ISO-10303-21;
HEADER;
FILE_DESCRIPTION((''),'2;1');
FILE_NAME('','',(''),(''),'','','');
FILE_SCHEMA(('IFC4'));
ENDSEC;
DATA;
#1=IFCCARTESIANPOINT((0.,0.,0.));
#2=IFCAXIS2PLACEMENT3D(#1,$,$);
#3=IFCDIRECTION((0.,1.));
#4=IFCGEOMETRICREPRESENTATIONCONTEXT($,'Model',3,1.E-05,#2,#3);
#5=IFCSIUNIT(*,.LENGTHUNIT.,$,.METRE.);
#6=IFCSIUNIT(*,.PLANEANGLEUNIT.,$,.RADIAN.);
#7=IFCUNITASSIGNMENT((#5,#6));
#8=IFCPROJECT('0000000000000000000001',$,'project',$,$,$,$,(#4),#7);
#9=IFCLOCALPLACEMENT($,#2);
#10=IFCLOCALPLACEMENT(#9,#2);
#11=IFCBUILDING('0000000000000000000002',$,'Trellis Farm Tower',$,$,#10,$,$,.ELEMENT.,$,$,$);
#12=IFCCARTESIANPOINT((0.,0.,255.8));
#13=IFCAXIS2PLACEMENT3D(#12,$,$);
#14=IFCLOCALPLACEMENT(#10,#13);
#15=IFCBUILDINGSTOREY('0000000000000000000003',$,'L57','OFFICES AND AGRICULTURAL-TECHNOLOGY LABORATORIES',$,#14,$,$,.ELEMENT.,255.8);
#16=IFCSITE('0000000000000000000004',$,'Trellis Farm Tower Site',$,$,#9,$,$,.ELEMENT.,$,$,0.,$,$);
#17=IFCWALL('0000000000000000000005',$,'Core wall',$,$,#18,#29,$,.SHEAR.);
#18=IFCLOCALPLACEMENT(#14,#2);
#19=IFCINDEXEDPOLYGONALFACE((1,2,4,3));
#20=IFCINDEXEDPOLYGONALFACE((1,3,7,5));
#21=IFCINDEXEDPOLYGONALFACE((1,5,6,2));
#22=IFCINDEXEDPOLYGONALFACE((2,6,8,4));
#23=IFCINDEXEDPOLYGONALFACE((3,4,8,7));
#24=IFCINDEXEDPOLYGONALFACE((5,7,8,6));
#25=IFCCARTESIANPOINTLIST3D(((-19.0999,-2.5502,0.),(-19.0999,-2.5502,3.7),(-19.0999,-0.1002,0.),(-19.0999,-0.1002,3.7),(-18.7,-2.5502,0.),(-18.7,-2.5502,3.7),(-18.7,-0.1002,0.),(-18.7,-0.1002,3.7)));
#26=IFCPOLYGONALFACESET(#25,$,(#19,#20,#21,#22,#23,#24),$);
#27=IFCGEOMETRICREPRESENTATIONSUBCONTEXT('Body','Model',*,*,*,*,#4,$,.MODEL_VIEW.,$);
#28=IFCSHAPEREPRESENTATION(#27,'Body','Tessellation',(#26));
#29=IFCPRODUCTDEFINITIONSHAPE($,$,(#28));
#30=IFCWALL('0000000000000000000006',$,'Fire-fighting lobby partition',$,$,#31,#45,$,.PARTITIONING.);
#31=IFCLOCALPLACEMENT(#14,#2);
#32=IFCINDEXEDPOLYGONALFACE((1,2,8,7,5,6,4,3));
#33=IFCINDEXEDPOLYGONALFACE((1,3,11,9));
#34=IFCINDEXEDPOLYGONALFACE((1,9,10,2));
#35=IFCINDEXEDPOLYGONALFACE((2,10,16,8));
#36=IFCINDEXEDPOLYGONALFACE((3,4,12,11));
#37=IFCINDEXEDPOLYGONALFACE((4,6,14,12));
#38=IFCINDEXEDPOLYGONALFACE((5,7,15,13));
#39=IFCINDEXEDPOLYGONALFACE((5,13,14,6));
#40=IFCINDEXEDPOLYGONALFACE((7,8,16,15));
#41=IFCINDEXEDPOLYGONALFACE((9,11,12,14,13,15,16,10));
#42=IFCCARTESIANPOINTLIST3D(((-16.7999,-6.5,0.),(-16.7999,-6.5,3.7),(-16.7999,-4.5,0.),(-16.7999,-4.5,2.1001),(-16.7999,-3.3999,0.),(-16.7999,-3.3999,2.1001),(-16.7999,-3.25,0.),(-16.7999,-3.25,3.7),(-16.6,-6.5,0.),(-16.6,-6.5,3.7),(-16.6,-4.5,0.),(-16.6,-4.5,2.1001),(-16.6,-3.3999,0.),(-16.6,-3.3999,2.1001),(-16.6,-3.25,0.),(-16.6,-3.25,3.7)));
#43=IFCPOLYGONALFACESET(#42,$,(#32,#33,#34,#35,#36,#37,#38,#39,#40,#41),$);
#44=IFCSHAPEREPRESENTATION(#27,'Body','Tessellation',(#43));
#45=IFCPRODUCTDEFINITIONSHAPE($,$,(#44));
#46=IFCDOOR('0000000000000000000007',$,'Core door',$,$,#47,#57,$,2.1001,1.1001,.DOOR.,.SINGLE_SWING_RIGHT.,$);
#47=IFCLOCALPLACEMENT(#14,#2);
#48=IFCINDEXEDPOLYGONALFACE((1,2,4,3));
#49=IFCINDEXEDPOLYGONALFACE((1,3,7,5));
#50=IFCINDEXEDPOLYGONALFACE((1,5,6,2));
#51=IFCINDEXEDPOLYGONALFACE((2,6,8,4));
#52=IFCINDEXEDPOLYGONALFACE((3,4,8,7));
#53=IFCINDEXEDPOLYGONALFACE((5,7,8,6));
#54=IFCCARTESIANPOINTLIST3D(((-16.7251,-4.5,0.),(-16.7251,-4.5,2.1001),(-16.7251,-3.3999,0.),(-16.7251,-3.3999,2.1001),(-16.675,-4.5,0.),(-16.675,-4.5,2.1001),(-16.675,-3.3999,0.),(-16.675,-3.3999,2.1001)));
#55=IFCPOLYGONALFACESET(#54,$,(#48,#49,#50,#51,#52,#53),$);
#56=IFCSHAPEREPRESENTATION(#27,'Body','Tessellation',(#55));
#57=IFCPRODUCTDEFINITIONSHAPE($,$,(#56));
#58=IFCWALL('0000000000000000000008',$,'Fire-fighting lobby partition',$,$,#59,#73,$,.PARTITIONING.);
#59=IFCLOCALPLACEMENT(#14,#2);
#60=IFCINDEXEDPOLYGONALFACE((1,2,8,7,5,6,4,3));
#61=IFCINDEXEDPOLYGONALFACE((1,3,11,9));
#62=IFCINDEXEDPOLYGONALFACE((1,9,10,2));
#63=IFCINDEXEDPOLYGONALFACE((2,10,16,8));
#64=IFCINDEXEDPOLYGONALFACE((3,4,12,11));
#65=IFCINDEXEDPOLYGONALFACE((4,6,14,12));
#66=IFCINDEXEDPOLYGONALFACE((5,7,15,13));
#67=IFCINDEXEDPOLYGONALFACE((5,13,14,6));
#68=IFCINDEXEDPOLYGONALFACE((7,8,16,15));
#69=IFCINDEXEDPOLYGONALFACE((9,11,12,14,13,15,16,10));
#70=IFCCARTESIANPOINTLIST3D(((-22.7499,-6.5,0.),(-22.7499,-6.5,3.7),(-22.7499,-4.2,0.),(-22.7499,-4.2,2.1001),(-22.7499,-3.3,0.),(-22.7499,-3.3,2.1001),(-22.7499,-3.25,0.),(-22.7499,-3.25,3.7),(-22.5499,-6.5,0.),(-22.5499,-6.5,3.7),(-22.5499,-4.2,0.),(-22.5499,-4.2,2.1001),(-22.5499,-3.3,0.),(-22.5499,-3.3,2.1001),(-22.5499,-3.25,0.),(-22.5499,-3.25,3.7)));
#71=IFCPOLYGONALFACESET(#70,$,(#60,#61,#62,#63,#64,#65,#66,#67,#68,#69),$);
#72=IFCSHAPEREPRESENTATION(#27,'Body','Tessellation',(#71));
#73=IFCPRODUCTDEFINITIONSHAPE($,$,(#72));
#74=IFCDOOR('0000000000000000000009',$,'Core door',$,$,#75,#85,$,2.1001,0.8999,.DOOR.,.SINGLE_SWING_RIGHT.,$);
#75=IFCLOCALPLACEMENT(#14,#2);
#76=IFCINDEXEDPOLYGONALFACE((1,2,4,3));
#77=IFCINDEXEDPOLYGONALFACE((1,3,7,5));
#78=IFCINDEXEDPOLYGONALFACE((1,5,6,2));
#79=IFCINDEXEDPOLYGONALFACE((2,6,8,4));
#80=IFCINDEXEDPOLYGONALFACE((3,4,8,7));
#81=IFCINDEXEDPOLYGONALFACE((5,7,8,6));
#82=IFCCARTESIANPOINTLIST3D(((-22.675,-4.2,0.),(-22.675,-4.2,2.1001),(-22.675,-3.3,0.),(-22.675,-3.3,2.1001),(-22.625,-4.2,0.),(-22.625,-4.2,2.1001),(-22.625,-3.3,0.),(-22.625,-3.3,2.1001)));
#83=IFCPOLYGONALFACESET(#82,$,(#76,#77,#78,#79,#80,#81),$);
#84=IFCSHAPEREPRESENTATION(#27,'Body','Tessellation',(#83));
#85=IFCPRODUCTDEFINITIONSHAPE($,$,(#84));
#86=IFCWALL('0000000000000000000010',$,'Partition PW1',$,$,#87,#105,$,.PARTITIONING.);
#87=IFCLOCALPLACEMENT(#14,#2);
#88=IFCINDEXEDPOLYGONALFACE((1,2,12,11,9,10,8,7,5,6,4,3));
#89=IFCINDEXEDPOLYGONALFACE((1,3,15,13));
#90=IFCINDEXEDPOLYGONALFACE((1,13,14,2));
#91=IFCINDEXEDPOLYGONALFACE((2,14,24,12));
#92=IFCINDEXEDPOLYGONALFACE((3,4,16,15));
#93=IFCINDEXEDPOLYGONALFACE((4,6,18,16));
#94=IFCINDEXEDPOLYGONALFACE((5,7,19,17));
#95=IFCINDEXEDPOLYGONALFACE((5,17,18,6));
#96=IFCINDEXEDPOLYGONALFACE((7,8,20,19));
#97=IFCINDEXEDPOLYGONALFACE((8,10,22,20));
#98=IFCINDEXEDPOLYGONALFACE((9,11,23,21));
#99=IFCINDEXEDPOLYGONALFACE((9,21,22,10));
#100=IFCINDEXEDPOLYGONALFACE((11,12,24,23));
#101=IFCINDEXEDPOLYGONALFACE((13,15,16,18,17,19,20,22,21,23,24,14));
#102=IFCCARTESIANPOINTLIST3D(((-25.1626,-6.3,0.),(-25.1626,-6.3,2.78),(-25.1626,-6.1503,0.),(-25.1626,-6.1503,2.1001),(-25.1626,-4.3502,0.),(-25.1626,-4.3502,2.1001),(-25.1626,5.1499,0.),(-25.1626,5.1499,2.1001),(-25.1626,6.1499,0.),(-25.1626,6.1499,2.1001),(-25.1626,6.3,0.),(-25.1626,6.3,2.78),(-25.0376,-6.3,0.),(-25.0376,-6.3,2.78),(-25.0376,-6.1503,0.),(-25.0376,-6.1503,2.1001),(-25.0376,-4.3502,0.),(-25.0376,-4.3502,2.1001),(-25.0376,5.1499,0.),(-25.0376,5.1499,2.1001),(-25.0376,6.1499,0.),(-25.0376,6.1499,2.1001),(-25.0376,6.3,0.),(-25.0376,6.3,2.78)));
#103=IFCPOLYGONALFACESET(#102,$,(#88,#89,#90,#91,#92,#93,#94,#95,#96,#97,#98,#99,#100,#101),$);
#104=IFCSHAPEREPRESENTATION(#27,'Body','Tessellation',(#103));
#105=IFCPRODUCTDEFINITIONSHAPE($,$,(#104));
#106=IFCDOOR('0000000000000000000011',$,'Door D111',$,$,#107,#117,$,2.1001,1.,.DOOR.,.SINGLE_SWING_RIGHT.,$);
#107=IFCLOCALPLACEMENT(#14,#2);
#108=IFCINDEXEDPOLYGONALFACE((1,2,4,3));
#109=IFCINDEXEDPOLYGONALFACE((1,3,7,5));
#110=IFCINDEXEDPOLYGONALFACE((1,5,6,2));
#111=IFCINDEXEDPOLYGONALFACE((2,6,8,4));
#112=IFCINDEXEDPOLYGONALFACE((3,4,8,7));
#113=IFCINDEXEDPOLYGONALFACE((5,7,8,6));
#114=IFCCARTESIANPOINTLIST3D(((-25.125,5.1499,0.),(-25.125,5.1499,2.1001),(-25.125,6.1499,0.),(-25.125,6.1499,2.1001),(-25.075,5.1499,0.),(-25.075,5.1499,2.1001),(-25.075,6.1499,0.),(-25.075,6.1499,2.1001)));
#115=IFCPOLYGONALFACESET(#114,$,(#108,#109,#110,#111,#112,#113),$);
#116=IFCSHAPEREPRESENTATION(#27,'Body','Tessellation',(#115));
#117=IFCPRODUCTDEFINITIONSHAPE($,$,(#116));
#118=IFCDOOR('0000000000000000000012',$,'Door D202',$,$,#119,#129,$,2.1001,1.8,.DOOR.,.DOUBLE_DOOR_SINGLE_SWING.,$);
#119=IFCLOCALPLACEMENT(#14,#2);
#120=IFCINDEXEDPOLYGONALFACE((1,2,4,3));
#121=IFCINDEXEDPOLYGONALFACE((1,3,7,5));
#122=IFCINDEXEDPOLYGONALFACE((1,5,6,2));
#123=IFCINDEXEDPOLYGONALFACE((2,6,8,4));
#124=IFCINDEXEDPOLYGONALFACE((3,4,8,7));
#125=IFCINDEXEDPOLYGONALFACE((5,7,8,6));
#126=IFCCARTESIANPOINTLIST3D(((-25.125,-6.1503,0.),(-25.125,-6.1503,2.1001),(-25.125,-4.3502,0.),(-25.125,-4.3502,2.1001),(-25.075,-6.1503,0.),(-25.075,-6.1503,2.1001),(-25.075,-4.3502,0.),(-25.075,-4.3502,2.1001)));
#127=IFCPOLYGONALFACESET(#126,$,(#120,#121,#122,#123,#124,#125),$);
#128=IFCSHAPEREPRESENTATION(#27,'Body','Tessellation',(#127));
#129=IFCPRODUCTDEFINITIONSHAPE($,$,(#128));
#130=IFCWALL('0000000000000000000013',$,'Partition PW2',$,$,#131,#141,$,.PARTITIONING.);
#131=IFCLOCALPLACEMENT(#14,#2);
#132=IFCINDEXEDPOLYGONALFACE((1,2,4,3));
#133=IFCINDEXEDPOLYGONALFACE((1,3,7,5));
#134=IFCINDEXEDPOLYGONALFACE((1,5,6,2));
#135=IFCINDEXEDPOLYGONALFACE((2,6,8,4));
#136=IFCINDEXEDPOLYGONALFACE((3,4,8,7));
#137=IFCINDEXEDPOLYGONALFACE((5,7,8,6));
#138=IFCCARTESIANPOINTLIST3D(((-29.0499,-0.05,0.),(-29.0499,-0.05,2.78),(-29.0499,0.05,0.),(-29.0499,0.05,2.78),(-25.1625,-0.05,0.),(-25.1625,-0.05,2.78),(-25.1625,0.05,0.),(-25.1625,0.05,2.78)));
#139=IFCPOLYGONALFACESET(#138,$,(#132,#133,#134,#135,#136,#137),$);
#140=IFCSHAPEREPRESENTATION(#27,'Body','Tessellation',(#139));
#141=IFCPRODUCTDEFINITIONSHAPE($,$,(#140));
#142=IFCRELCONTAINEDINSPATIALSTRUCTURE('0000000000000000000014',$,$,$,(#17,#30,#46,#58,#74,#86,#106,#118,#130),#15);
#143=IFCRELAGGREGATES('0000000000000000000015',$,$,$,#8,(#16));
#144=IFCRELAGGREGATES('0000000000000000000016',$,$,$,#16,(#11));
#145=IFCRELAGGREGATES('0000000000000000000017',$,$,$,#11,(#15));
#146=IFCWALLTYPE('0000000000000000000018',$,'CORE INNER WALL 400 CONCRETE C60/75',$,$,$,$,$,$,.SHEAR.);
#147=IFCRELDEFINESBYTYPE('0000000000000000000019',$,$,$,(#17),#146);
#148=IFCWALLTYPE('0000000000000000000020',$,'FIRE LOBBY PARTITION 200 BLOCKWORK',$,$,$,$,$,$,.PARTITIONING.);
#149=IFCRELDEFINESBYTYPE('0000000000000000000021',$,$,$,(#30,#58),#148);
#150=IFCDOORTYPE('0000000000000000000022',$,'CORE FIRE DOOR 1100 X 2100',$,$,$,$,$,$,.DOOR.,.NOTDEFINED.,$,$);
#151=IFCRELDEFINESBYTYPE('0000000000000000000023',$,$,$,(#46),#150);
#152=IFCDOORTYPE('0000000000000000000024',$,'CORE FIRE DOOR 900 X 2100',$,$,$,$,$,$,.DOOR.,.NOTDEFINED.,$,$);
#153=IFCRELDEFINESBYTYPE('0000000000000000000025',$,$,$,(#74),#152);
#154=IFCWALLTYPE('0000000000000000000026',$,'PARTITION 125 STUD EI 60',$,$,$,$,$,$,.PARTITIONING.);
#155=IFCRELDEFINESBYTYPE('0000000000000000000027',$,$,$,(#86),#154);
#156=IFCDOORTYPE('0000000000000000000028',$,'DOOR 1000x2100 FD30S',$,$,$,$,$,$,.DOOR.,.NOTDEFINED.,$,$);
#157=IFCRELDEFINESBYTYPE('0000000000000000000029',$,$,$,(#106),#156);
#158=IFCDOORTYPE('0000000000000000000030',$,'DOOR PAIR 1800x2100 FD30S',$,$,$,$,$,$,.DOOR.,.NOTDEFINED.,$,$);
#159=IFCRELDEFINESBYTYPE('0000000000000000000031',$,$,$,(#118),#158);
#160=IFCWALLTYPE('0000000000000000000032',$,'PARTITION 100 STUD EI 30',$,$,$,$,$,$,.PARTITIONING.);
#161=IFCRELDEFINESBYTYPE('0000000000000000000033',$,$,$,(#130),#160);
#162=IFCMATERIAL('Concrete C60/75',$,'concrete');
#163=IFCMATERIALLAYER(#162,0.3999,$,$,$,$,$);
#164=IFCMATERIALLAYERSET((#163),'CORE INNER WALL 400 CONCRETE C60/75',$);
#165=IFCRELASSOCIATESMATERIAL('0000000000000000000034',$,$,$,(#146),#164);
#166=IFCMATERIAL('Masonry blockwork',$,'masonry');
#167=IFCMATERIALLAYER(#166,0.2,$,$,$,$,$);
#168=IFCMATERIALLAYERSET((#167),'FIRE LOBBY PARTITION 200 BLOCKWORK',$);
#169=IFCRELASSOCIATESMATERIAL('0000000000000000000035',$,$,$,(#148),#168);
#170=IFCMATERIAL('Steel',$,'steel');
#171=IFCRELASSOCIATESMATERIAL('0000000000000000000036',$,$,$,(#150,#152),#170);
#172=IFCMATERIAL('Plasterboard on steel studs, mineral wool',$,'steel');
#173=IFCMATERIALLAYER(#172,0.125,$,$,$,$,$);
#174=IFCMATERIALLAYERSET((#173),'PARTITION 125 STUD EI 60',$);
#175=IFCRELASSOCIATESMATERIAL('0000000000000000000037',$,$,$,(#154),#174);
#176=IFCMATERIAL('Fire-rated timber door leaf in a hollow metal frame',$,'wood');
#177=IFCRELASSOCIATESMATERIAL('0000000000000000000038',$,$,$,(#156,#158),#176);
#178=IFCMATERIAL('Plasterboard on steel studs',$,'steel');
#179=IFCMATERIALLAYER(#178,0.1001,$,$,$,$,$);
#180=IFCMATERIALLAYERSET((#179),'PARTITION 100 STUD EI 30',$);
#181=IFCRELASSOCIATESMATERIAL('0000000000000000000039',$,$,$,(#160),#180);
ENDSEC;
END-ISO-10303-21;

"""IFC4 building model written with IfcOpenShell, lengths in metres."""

from ifc_helpers import new_model, si_unit, direction, frame, frame_2d, origin, place, context, subcontext, project, spatial, rectangle, extrude, source, transform, mapped, material, layer, layer_set, type_object, element, fill, save


model = new_model("IFC4")

# Units and contexts
model_context = context("Model", 3, precision=1e-05, world=origin(), true_north=direction((0.0, 1.0)))
body_context = subcontext(model_context, "Body", "Model", "MODEL_VIEW")
ifc_project = project(units=[si_unit("LENGTHUNIT", "METRE"), si_unit("PLANEANGLEUNIT", "RADIAN")], contexts=[model_context])

# Site, building, storey
site_placement = place(None, origin())
site = spatial("IfcSite", under=ifc_project, at=site_placement, Name="Trellis Farm Tower Site", CompositionType="ELEMENT", RefElevation=0.0)
building_placement = place(site_placement, origin())
building = spatial("IfcBuilding", under=site, at=building_placement, Name="Trellis Farm Tower", CompositionType="ELEMENT")
storey_placement = place(building_placement, frame((0.0, 0.0, 255.8)))
storey = spatial("IfcBuildingStorey", under=building, at=storey_placement, Name="L57", Description="OFFICES AND AGRICULTURAL-TECHNOLOGY LABORATORIES", CompositionType="ELEMENT", Elevation=255.8)

# Shared definitions
ifc_material_1 = material(Name="Concrete C60/75", Category="concrete")

# Wall
ifc_layer_1 = layer(ifc_material_1, 0.3999)
ifc_layer_set_1 = layer_set([ifc_layer_1], Name="CORE INNER WALL 400 CONCRETE C60/75")
wall_type_1 = type_object("IfcWallType", Name="CORE INNER WALL 400 CONCRETE C60/75", PredefinedType="SHEAR", material=ifc_layer_set_1)
shared_shape_1 = source(origin(), body_context, "Body", "SweptSolid", [
    extrude(rectangle(XDim=2.45, YDim=0.3999, at=frame_2d((1.2251, 0.0))), origin(), (0.0, 0.0, 1.0), 3.7),
])
for number, where, z_axis, x_axis, name in (
    (1, (-18.8999, -0.1001, 0.0), (0.0, 0.0, 1.0), (0.0, -1.0, 0.0), "Core wall"),
):
    element("IfcWall", number, at=place(storey_placement, frame(where, z_axis=z_axis, x_axis=x_axis)), inside=storey, type_object=wall_type_1, Name=name, PredefinedType="SHEAR", context=body_context, shape_type="MappedRepresentation", body=[
        mapped(shared_shape_1, transform((0.0, 0.0, 0.0))),
    ])

# Walls, openings, doors
ifc_material_2 = material(Name="Masonry blockwork", Category="masonry")
ifc_layer_2 = layer(ifc_material_2, 0.2)
ifc_layer_set_2 = layer_set([ifc_layer_2], Name="FIRE LOBBY PARTITION 200 BLOCKWORK")
wall_type_2 = type_object("IfcWallType", Name="FIRE LOBBY PARTITION 200 BLOCKWORK", PredefinedType="PARTITIONING", material=ifc_layer_set_2)
shared_shape_2 = source(origin(), body_context, "Body", "SweptSolid", [
    extrude(rectangle(XDim=3.25, YDim=0.2, at=frame_2d((1.625, 0.0))), origin(), (0.0, 0.0, 1.0), 3.7),
])
wall_1_placement = place(storey_placement, frame((-16.7, -3.25, 0.0), z_axis=(0.0, 0.0, 1.0), x_axis=(0.0, -1.0, 0.0)))
wall_1 = element("IfcWall", 2, at=wall_1_placement, inside=storey, type_object=wall_type_2, Name="Fire-fighting lobby partition", PredefinedType="PARTITIONING", context=body_context, shape_type="MappedRepresentation", body=[
    mapped(shared_shape_2, transform((0.0, 0.0, 0.0))),
])
shared_shape_3 = source(origin(), body_context, "Body", "SweptSolid", [
    extrude(rectangle(XDim=1.1001, YDim=2.1001, at=frame_2d((0.55, 1.05))), frame((0.0, 0.1101, 0.0), z_axis=(0.0, -1.0, 0.0), x_axis=(1.0, 0.0, 0.0)), (0.0, 0.0, 1.0), 0.2202),
])
opening_1_placement = place(wall_1_placement, frame((0.1499, 0.0, 0.0)))
opening_1 = element("IfcOpeningElement", 3, at=opening_1_placement, cuts=wall_1, PredefinedType="OPENING", context=body_context, shape_type="MappedRepresentation", body=[
    mapped(shared_shape_3, transform((0.0, 0.0, 0.0))),
])
ifc_material_3 = material(Name="Steel", Category="steel")
door_type_1 = type_object("IfcDoorType", Name="CORE FIRE DOOR 1100 X 2100", OperationType="NOTDEFINED", PredefinedType="DOOR", material=ifc_material_3)
shared_shape_4 = source(origin(), body_context, "Body", "SweptSolid", [
    extrude(rectangle(XDim=1.1001, YDim=2.1001, at=frame_2d((0.55, 1.05))), frame((0.0, 0.0249, 0.0), z_axis=(0.0, -1.0, 0.0), x_axis=(1.0, 0.0, 0.0)), (0.0, 0.0, 1.0), 0.05),
])
door_1_placement = place(opening_1_placement, origin())
door_1 = element("IfcDoor", 4, at=door_1_placement, inside=storey, type_object=door_type_1, Name="Core door", OperationType="SINGLE_SWING_RIGHT", OverallHeight=2.1001, OverallWidth=1.1001, PredefinedType="DOOR", context=body_context, shape_type="MappedRepresentation", body=[
    mapped(shared_shape_4, transform((0.0, 0.0, 0.0))),
])
fill(opening_1, door_1)
wall_2_placement = place(storey_placement, frame((-22.6499, -3.25, 0.0), z_axis=(0.0, 0.0, 1.0), x_axis=(0.0, -1.0, 0.0)))
wall_2 = element("IfcWall", 5, at=wall_2_placement, inside=storey, type_object=wall_type_2, Name="Fire-fighting lobby partition", PredefinedType="PARTITIONING", context=body_context, shape_type="MappedRepresentation", body=[
    mapped(shared_shape_2, transform((0.0, 0.0, 0.0))),
])
shared_shape_5 = source(origin(), body_context, "Body", "SweptSolid", [
    extrude(rectangle(XDim=0.8999, YDim=2.1001, at=frame_2d((0.45, 1.05))), frame((0.0, 0.1101, 0.0), z_axis=(0.0, -1.0, 0.0), x_axis=(1.0, 0.0, 0.0)), (0.0, 0.0, 1.0), 0.2202),
])
opening_2_placement = place(wall_2_placement, frame((0.05, 0.0, 0.0)))
opening_2 = element("IfcOpeningElement", 6, at=opening_2_placement, cuts=wall_2, PredefinedType="OPENING", context=body_context, shape_type="MappedRepresentation", body=[
    mapped(shared_shape_5, transform((0.0, 0.0, 0.0))),
])
door_type_2 = type_object("IfcDoorType", Name="CORE FIRE DOOR 900 X 2100", OperationType="NOTDEFINED", PredefinedType="DOOR", material=ifc_material_3)
shared_shape_6 = source(origin(), body_context, "Body", "SweptSolid", [
    extrude(rectangle(XDim=0.8999, YDim=2.1001, at=frame_2d((0.45, 1.05))), frame((0.0, 0.0249, 0.0), z_axis=(0.0, -1.0, 0.0), x_axis=(1.0, 0.0, 0.0)), (0.0, 0.0, 1.0), 0.05),
])
door_2_placement = place(opening_2_placement, origin())
door_2 = element("IfcDoor", 7, at=door_2_placement, inside=storey, type_object=door_type_2, Name="Core door", OperationType="SINGLE_SWING_RIGHT", OverallHeight=2.1001, OverallWidth=0.8999, PredefinedType="DOOR", context=body_context, shape_type="MappedRepresentation", body=[
    mapped(shared_shape_6, transform((0.0, 0.0, 0.0))),
])
fill(opening_2, door_2)

# Wall, openings, doors
ifc_material_4 = material(Name="Plasterboard on steel studs, mineral wool", Category="steel")
ifc_layer_3 = layer(ifc_material_4, 0.125)
ifc_layer_set_3 = layer_set([ifc_layer_3], Name="PARTITION 125 STUD EI 60")
wall_type_3 = type_object("IfcWallType", Name="PARTITION 125 STUD EI 60", PredefinedType="PARTITIONING", material=ifc_layer_set_3)
shared_shape_7 = source(origin(), body_context, "Body", "SweptSolid", [
    extrude(rectangle(XDim=12.6001, YDim=0.125, at=frame_2d((6.3, 0.0))), origin(), (0.0, 0.0, 1.0), 2.78),
])
wall_3_placement = place(storey_placement, frame((-25.1001, -6.3, 0.0), z_axis=(0.0, 0.0, 1.0), x_axis=(0.0, 1.0, 0.0)))
wall_3 = element("IfcWall", 8, at=wall_3_placement, inside=storey, type_object=wall_type_3, Name="Partition PW1", PredefinedType="PARTITIONING", context=body_context, shape_type="MappedRepresentation", body=[
    mapped(shared_shape_7, transform((0.0, 0.0, 0.0))),
])
shared_shape_8 = source(origin(), body_context, "Body", "SweptSolid", [
    extrude(rectangle(XDim=1.8, YDim=2.1001, at=frame_2d((0.8999, 1.05))), frame((0.0, 0.0725, 0.0), z_axis=(0.0, -1.0, 0.0), x_axis=(1.0, 0.0, 0.0)), (0.0, 0.0, 1.0), 0.145),
])
opening_3_placement = place(wall_3_placement, frame((0.1499, 0.0, 0.0)))
opening_3 = element("IfcOpeningElement", 9, at=opening_3_placement, cuts=wall_3, PredefinedType="OPENING", context=body_context, shape_type="MappedRepresentation", body=[
    mapped(shared_shape_8, transform((0.0, 0.0, 0.0))),
])
shared_shape_9 = source(origin(), body_context, "Body", "SweptSolid", [
    extrude(rectangle(XDim=1.0, YDim=2.1001, at=frame_2d((0.5, 1.05))), frame((0.0, 0.0725, 0.0), z_axis=(0.0, -1.0, 0.0), x_axis=(1.0, 0.0, 0.0)), (0.0, 0.0, 1.0), 0.145),
])
opening_4_placement = place(wall_3_placement, frame((11.45, 0.0, 0.0)))
opening_4 = element("IfcOpeningElement", 10, at=opening_4_placement, cuts=wall_3, PredefinedType="OPENING", context=body_context, shape_type="MappedRepresentation", body=[
    mapped(shared_shape_9, transform((0.0, 0.0, 0.0))),
])
ifc_material_5 = material(Name="Fire-rated timber door leaf in a hollow metal frame", Category="wood")
door_type_3 = type_object("IfcDoorType", Name="DOOR 1000x2100 FD30S", OperationType="NOTDEFINED", PredefinedType="DOOR", material=ifc_material_5)
shared_shape_10 = source(origin(), body_context, "Body", "SweptSolid", [
    extrude(rectangle(XDim=1.0, YDim=2.1001, at=frame_2d((0.5, 1.05))), frame((0.0, 0.0249, 0.0), z_axis=(0.0, -1.0, 0.0), x_axis=(1.0, 0.0, 0.0)), (0.0, 0.0, 1.0), 0.05),
])
door_3_placement = place(opening_4_placement, origin())
door_3 = element("IfcDoor", 11, at=door_3_placement, inside=storey, type_object=door_type_3, Name="Door D111", OperationType="SINGLE_SWING_RIGHT", OverallHeight=2.1001, OverallWidth=1.0, PredefinedType="DOOR", context=body_context, shape_type="MappedRepresentation", body=[
    mapped(shared_shape_10, transform((0.0, 0.0, 0.0))),
])
fill(opening_4, door_3)
door_type_4 = type_object("IfcDoorType", Name="DOOR PAIR 1800x2100 FD30S", OperationType="NOTDEFINED", PredefinedType="DOOR", material=ifc_material_5)
shared_shape_11 = source(origin(), body_context, "Body", "SweptSolid", [
    extrude(rectangle(XDim=1.8, YDim=2.1001, at=frame_2d((0.8999, 1.05))), frame((0.0, 0.0249, 0.0), z_axis=(0.0, -1.0, 0.0), x_axis=(1.0, 0.0, 0.0)), (0.0, 0.0, 1.0), 0.05),
])
door_4_placement = place(opening_3_placement, origin())
door_4 = element("IfcDoor", 12, at=door_4_placement, inside=storey, type_object=door_type_4, Name="Door D202", OperationType="DOUBLE_DOOR_SINGLE_SWING", OverallHeight=2.1001, OverallWidth=1.8, PredefinedType="DOOR", context=body_context, shape_type="MappedRepresentation", body=[
    mapped(shared_shape_11, transform((0.0, 0.0, 0.0))),
])
fill(opening_3, door_4)

# Wall
ifc_material_6 = material(Name="Plasterboard on steel studs", Category="steel")
ifc_layer_4 = layer(ifc_material_6, 0.1001)
ifc_layer_set_4 = layer_set([ifc_layer_4], Name="PARTITION 100 STUD EI 30")
wall_type_4 = type_object("IfcWallType", Name="PARTITION 100 STUD EI 30", PredefinedType="PARTITIONING", material=ifc_layer_set_4)
shared_shape_12 = source(origin(), body_context, "Body", "SweptSolid", [
    extrude(rectangle(XDim=3.8875, YDim=0.1001, at=frame_2d((1.9438, 0.0))), origin(), (0.0, 0.0, 1.0), 2.78),
])
wall_4_placement = place(storey_placement, frame((-29.05, 0.0, 0.0), z_axis=(0.0, 0.0, 1.0), x_axis=(1.0, 0.0, 0.0)))
element("IfcWall", 13, at=wall_4_placement, inside=storey, type_object=wall_type_4, Name="Partition PW2", PredefinedType="PARTITIONING", context=body_context, shape_type="MappedRepresentation", body=[
    mapped(shared_shape_12, transform((0.0, 0.0, 0.0))),
])

save(model, "model.ifc")
